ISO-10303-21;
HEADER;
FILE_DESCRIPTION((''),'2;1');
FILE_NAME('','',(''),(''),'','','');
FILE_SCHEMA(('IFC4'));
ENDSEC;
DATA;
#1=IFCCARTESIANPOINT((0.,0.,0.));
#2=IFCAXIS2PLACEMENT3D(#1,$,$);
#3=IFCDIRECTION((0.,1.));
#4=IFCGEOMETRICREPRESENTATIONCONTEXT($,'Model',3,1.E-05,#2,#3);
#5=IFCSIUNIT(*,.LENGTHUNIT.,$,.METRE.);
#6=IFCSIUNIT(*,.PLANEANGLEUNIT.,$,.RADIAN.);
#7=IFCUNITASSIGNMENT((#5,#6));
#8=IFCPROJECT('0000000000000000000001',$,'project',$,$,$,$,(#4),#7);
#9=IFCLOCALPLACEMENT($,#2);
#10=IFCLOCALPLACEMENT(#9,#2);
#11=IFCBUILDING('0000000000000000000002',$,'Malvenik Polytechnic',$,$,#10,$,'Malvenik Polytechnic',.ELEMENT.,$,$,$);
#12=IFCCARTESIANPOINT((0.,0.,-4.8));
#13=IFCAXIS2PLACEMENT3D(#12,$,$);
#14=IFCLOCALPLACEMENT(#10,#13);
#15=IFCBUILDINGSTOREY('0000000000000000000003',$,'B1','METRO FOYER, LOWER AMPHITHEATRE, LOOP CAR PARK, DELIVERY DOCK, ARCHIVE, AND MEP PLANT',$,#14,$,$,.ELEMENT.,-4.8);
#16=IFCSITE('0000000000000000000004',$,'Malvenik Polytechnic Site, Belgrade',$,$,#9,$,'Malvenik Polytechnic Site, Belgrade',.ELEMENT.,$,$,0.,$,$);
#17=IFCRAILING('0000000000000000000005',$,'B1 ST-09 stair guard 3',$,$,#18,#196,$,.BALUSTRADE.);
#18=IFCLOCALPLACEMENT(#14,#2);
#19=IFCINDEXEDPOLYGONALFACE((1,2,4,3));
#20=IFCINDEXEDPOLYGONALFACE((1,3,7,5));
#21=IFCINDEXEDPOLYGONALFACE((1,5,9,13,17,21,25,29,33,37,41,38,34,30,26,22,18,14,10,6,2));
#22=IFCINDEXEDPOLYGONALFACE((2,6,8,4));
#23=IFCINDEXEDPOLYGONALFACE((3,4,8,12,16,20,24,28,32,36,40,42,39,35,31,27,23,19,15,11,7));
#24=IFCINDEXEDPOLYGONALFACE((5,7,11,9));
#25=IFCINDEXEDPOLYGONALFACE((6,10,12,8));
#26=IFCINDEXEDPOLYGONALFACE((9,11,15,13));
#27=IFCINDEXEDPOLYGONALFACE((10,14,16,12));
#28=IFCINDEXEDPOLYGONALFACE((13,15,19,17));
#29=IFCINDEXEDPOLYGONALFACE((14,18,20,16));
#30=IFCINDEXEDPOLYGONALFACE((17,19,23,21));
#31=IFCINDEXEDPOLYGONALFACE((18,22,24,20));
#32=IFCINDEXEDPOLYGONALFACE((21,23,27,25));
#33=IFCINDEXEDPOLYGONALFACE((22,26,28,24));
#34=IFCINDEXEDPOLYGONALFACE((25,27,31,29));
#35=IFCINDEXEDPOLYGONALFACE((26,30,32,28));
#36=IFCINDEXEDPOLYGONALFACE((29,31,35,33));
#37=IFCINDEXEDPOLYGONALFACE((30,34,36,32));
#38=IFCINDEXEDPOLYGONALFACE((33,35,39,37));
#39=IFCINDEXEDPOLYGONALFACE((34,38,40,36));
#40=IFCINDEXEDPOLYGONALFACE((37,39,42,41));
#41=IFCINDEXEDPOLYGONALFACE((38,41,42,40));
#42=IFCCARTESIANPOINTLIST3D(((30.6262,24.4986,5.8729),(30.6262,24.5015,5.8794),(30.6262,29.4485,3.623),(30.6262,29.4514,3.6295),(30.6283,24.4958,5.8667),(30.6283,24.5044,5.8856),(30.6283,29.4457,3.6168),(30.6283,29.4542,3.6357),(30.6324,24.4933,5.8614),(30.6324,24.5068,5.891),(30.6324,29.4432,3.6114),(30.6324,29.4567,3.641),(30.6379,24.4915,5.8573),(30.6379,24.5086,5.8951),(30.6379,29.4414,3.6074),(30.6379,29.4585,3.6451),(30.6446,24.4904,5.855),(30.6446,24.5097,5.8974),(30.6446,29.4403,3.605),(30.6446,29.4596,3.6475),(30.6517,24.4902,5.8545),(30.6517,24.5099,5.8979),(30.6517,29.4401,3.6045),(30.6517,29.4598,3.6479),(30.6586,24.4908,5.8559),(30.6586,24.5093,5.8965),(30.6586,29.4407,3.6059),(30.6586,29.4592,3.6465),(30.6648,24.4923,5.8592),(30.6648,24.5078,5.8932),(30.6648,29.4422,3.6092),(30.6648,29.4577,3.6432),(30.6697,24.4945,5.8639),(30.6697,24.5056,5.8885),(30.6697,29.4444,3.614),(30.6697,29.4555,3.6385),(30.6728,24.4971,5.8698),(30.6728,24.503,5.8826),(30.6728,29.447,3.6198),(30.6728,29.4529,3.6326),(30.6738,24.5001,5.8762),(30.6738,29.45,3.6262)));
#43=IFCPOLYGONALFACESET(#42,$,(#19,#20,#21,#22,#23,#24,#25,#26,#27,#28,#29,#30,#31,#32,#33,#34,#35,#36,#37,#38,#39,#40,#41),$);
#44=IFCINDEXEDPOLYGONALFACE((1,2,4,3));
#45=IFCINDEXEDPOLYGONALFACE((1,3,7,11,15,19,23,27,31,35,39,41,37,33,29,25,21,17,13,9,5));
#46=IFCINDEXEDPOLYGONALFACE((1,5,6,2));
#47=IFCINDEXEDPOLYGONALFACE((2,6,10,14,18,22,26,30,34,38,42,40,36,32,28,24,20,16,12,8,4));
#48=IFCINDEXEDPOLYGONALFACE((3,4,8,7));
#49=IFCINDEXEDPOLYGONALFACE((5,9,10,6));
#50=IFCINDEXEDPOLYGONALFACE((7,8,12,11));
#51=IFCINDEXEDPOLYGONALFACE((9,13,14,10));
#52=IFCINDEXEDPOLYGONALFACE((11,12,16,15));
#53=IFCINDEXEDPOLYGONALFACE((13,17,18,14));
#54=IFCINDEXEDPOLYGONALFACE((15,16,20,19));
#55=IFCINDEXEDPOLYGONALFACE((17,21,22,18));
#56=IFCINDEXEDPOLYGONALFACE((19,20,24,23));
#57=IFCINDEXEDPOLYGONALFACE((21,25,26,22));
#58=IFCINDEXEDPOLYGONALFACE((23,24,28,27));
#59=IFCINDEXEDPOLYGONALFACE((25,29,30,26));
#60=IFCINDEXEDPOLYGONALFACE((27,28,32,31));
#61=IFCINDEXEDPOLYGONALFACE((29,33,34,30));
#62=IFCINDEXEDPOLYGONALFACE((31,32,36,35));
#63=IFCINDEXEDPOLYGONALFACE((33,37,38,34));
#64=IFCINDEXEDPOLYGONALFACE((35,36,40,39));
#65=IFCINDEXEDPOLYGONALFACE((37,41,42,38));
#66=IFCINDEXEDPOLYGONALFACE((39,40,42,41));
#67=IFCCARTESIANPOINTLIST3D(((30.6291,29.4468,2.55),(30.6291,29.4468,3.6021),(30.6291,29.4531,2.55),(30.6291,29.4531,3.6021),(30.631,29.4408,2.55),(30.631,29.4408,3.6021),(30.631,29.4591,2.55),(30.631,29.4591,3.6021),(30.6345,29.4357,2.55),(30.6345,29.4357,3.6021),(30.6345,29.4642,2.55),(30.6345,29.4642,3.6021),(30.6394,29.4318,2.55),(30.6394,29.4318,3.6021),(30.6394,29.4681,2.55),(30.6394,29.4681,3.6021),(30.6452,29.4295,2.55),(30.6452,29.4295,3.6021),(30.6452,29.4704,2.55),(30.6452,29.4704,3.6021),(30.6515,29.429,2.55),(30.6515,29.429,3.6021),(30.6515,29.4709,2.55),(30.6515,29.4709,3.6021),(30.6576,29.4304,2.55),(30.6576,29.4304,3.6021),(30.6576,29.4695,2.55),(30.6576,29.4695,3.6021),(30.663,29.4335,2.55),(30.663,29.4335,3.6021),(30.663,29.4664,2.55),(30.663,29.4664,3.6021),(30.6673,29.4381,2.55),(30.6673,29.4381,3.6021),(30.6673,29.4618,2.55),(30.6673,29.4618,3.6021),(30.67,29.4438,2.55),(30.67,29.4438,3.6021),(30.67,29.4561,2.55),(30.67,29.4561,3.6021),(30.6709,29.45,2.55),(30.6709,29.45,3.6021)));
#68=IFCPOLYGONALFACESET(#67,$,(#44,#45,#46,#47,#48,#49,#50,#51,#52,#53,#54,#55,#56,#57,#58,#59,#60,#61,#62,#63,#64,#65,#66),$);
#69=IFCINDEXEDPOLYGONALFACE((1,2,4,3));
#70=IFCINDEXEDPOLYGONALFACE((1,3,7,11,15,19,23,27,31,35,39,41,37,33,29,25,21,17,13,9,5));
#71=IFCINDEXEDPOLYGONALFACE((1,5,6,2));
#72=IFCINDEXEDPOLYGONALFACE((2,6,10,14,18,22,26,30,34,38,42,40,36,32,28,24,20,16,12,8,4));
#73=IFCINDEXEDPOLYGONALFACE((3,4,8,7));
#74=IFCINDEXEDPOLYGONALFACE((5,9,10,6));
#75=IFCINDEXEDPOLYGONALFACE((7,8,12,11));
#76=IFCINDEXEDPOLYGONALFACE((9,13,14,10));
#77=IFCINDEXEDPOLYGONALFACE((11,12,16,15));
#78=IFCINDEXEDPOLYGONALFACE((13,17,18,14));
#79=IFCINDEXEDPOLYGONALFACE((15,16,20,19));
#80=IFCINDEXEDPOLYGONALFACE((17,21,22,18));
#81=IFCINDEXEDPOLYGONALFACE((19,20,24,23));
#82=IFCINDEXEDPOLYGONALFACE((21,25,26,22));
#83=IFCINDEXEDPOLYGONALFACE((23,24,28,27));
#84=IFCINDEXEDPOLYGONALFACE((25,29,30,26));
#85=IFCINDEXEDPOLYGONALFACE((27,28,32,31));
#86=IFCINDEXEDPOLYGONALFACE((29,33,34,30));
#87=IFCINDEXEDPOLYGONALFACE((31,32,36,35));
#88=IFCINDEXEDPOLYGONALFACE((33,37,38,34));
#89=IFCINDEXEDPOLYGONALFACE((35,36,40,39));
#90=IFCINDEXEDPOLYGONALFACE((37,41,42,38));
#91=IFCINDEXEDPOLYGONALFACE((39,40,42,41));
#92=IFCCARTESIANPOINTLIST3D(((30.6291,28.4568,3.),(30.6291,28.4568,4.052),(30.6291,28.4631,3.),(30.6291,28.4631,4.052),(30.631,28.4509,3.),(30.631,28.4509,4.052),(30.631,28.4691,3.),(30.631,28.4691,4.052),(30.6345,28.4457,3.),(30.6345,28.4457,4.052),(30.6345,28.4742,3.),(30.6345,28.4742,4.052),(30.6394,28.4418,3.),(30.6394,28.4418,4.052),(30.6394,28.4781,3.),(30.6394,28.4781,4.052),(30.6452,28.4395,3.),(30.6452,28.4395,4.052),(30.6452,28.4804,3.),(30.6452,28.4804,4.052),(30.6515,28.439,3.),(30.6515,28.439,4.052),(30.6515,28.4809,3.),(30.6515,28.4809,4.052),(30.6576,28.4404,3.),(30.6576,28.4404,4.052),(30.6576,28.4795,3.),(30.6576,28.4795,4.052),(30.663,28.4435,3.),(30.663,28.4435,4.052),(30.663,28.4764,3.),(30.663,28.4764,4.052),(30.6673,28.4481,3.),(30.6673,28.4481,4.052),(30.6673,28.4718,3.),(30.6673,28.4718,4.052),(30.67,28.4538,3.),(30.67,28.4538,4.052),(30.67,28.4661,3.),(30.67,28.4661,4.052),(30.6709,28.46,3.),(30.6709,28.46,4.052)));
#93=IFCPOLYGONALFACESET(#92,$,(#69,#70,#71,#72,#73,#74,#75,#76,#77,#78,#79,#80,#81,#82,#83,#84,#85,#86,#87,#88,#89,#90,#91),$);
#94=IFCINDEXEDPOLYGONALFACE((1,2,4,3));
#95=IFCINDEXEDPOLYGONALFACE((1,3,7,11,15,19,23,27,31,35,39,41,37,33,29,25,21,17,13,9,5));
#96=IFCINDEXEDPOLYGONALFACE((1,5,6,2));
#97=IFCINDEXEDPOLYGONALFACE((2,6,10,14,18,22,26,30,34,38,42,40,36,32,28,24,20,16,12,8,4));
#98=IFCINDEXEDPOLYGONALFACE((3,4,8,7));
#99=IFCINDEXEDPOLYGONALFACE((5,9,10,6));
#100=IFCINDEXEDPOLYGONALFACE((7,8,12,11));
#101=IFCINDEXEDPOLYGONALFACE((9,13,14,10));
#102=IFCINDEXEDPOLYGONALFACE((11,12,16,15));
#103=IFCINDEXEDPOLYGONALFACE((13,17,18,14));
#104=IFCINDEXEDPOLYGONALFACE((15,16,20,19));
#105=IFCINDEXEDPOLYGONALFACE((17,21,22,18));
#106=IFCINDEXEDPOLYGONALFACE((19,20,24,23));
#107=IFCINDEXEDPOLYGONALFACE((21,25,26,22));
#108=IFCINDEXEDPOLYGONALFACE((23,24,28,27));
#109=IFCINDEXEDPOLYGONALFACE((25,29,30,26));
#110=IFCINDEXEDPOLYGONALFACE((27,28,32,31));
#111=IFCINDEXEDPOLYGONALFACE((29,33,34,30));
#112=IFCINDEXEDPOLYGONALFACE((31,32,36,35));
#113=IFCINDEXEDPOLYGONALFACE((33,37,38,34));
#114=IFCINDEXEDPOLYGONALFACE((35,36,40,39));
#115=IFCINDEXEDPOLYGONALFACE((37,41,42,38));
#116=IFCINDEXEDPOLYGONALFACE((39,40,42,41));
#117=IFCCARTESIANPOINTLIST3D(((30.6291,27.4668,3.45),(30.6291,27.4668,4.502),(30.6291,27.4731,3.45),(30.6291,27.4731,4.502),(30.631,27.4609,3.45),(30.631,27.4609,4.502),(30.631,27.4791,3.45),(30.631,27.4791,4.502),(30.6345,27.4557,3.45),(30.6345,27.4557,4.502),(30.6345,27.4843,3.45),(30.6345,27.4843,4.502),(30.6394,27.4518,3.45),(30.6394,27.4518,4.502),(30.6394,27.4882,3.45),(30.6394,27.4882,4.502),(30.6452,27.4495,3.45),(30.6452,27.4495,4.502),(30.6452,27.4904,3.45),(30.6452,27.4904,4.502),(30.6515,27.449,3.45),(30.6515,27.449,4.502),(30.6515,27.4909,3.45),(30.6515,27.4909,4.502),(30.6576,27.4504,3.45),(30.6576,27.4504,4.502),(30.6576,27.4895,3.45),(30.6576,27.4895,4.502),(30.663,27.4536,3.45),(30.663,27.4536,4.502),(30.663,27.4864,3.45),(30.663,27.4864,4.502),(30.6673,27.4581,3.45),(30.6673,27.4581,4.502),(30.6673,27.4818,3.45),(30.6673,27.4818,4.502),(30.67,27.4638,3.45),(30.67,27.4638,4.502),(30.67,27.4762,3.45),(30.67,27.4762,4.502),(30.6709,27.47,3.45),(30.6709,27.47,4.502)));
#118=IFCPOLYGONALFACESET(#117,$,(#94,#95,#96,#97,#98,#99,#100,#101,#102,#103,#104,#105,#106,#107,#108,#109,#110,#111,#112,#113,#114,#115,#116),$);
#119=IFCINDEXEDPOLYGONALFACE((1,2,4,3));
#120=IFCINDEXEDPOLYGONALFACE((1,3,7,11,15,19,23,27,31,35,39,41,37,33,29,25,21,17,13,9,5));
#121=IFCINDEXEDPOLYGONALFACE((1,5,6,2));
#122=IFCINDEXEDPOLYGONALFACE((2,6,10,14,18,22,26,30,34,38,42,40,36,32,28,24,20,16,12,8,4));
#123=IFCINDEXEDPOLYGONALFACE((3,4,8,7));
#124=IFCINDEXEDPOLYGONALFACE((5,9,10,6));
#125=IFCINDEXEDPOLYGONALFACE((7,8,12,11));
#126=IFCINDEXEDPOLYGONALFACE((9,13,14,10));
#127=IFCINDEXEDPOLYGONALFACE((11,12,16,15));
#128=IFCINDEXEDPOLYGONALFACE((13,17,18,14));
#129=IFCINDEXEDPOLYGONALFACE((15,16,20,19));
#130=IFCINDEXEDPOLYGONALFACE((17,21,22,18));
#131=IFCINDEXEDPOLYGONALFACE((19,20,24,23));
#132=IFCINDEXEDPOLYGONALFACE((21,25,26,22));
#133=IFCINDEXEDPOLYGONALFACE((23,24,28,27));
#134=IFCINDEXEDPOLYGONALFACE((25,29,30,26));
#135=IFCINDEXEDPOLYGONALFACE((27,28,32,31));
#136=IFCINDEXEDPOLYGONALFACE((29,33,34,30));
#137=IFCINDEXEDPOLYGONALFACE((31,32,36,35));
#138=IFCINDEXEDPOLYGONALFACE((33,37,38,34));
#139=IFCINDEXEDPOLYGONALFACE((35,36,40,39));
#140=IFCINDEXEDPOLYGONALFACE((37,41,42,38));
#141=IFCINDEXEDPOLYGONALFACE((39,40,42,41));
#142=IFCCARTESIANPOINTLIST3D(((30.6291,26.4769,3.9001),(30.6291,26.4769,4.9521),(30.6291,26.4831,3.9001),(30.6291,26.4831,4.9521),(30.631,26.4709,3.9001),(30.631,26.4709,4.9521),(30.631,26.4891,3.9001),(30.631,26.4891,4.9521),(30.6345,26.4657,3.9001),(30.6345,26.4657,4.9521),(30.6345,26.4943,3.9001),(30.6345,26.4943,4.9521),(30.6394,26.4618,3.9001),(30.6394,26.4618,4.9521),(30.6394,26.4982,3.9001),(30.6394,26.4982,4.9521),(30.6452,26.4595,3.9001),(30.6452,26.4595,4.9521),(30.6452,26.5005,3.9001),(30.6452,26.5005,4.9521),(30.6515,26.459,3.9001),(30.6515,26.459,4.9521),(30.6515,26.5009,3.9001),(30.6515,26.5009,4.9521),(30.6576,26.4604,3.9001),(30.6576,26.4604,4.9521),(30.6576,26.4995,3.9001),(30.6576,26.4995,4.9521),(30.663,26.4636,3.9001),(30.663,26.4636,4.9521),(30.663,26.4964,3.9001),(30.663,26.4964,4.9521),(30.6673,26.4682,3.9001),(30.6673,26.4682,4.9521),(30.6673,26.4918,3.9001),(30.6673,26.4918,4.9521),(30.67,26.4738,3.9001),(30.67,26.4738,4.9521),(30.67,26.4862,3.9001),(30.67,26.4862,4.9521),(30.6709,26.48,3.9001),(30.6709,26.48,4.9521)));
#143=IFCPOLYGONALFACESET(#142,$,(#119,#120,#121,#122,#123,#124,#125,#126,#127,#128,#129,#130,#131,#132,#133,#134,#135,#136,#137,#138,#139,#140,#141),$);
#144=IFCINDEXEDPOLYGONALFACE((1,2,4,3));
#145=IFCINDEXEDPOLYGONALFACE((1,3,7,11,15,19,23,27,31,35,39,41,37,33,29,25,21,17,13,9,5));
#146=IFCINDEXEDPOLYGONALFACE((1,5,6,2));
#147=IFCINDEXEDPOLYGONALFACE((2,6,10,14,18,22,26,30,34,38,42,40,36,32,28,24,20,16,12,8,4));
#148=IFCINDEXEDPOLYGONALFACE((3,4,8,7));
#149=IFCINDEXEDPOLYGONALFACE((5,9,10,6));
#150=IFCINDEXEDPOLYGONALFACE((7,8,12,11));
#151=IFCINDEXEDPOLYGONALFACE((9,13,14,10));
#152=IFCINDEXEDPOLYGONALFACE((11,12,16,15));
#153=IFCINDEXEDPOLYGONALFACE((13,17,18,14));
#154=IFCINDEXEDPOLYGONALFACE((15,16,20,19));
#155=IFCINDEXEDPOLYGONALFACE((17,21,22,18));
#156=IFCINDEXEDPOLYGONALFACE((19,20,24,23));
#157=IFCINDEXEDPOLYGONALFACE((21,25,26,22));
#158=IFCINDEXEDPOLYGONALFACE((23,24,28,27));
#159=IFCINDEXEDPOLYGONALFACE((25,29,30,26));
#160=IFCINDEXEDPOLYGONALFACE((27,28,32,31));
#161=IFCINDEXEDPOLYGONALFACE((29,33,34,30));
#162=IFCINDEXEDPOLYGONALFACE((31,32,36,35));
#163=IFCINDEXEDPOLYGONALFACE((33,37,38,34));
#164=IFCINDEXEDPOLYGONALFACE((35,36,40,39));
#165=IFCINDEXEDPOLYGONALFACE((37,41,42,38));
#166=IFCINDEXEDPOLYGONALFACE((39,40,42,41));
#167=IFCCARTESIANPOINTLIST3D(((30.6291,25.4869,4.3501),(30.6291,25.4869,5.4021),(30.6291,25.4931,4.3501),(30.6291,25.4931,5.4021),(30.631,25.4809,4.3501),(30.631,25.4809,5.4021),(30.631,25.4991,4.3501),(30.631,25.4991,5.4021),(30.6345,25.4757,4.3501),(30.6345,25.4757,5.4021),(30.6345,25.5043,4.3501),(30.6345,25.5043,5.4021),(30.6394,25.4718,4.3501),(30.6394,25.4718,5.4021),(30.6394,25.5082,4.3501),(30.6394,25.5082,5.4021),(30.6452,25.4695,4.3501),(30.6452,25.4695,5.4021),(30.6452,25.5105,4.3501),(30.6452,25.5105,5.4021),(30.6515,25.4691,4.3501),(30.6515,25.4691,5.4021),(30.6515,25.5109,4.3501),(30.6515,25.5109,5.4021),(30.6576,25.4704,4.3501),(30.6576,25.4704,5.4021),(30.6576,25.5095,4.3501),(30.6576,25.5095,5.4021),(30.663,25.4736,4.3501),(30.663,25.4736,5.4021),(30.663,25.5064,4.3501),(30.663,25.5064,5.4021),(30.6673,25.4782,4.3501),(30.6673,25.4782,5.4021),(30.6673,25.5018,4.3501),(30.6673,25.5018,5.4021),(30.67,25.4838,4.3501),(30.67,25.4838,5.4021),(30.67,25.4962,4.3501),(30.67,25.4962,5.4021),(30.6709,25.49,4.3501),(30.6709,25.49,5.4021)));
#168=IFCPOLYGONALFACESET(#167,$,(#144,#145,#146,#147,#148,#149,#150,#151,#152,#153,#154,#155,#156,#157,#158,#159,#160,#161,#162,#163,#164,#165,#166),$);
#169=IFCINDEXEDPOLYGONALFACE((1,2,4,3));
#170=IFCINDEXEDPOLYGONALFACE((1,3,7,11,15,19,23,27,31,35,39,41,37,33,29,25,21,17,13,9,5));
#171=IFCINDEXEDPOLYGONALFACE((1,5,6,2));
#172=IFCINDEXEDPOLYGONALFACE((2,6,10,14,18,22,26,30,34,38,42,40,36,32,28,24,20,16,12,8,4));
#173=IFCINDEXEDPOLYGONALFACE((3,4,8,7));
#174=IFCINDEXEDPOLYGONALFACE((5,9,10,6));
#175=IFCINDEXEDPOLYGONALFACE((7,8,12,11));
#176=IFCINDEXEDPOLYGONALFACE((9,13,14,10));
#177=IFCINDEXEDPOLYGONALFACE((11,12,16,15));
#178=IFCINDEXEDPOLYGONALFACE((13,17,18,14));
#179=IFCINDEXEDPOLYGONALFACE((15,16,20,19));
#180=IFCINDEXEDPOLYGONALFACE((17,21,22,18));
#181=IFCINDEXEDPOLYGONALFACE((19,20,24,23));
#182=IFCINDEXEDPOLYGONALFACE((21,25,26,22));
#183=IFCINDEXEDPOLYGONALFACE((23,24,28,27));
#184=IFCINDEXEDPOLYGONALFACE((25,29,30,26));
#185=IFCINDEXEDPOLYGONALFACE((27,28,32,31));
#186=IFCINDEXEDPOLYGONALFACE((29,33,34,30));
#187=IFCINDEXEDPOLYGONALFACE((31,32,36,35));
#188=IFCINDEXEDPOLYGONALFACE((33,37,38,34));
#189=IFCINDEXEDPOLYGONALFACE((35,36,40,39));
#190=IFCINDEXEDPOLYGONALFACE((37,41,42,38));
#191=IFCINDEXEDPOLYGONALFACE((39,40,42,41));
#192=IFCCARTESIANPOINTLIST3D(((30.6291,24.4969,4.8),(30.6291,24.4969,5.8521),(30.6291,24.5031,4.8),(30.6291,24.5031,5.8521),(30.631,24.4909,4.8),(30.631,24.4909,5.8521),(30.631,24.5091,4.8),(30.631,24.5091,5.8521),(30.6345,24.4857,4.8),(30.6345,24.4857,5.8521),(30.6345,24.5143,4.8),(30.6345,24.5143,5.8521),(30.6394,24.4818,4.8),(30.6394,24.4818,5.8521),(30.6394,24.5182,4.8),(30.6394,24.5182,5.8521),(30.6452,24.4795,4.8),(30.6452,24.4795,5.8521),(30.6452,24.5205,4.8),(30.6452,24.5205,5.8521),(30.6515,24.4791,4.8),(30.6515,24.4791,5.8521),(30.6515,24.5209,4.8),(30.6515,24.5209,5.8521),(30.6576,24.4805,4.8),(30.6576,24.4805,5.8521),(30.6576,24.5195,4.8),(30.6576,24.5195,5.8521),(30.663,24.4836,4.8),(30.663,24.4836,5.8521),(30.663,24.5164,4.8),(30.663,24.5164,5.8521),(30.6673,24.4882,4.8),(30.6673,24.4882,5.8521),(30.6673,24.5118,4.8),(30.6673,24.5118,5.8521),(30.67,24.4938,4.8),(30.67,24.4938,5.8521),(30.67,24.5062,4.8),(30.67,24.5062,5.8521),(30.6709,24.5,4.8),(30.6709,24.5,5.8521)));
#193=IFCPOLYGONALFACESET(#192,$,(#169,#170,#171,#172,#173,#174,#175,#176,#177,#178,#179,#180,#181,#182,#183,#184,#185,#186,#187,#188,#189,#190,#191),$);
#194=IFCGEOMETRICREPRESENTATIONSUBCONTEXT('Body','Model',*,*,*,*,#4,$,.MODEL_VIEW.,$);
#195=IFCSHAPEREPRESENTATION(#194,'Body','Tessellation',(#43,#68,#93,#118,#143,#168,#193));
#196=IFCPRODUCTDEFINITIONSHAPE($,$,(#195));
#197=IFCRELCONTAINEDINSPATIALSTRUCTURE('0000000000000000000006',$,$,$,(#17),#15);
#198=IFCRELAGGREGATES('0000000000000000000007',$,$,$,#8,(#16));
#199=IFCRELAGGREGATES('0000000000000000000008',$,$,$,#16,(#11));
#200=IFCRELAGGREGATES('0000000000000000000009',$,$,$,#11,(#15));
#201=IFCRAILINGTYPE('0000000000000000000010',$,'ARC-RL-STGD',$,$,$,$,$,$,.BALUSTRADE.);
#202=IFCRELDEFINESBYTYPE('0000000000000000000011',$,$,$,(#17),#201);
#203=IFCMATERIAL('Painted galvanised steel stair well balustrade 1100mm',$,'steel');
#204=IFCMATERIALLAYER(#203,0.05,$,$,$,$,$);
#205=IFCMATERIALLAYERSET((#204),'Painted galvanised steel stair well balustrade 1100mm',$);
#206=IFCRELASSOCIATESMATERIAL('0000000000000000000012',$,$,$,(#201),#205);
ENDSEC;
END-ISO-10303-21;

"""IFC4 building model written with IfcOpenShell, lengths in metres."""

from ifc_helpers import new_model, si_unit, direction, frame, origin, origin_2d, place, context, subcontext, project, spatial, circle, extrude, material, layer, layer_set, type_object, element, save


model = new_model("IFC4")

# Units and contexts
model_context = context("Model", 3, precision=1e-05, world=origin(), true_north=direction((0.0, 1.0)))
body_context = subcontext(model_context, "Body", "Model", "MODEL_VIEW")
ifc_project = project(units=[si_unit("LENGTHUNIT", "METRE"), si_unit("PLANEANGLEUNIT", "RADIAN")], contexts=[model_context])

# Site, building, storey
site_placement = place(None, origin())
site = spatial("IfcSite", under=ifc_project, at=site_placement, Name="Malvenik Polytechnic Site, Belgrade", LongName="Malvenik Polytechnic Site, Belgrade", CompositionType="ELEMENT", RefElevation=0.0)
building_placement = place(site_placement, origin())
building = spatial("IfcBuilding", under=site, at=building_placement, Name="Malvenik Polytechnic", LongName="Malvenik Polytechnic", CompositionType="ELEMENT")
storey_placement = place(building_placement, frame((0.0, 0.0, -4.8)))
storey = spatial("IfcBuildingStorey", under=building, at=storey_placement, Name="B1", Description="METRO FOYER, LOWER AMPHITHEATRE, LOOP CAR PARK, DELIVERY DOCK, ARCHIVE, AND MEP PLANT", CompositionType="ELEMENT", Elevation=-4.8)

# Railing
ifc_material_1 = material(Name="Painted galvanised steel stair well balustrade 1100mm", Category="steel")
ifc_layer_1 = layer(ifc_material_1, 0.05)
ifc_layer_set_1 = layer_set([ifc_layer_1], Name="Painted galvanised steel stair well balustrade 1100mm")
railing_type_1 = type_object("IfcRailingType", Name="ARC-RL-STGD", PredefinedType="BALUSTRADE", material=ifc_layer_set_1)
railing_1_placement = place(storey_placement, frame((30.6499, 29.45, 2.55)))
element("IfcRailing", 1, at=railing_1_placement, inside=storey, type_object=railing_type_1, Name="B1 ST-09 stair guard 3", PredefinedType="BALUSTRADE", context=body_context, shape_type="SweptSolid", body=[
    extrude(circle(Radius=0.0239, at=origin_2d()), frame((0.0, 0.0, 1.0762), z_axis=(0.0, -0.910365, 0.413806), x_axis=(1.0, 0.0, 0.0)), (0.0, 0.0, 1.0), 5.4373),
    extrude(circle(Radius=0.021, at=origin_2d()), origin(), (0.0, 0.0, 1.0), 1.052),
    extrude(circle(Radius=0.021, at=origin_2d()), frame((0.0, -0.99, 0.45)), (0.0, 0.0, 1.0), 1.052),
    extrude(circle(Radius=0.021, at=origin_2d()), frame((0.0, -1.98, 0.8999)), (0.0, 0.0, 1.0), 1.052),
    extrude(circle(Radius=0.021, at=origin_2d()), frame((0.0, -2.97, 1.3501)), (0.0, 0.0, 1.0), 1.052),
    extrude(circle(Radius=0.021, at=origin_2d()), frame((0.0, -3.96, 1.8)), (0.0, 0.0, 1.0), 1.052),
    extrude(circle(Radius=0.021, at=origin_2d()), frame((0.0, -4.95, 2.25)), (0.0, 0.0, 1.0), 1.052),
])

save(model, "model.ifc")
